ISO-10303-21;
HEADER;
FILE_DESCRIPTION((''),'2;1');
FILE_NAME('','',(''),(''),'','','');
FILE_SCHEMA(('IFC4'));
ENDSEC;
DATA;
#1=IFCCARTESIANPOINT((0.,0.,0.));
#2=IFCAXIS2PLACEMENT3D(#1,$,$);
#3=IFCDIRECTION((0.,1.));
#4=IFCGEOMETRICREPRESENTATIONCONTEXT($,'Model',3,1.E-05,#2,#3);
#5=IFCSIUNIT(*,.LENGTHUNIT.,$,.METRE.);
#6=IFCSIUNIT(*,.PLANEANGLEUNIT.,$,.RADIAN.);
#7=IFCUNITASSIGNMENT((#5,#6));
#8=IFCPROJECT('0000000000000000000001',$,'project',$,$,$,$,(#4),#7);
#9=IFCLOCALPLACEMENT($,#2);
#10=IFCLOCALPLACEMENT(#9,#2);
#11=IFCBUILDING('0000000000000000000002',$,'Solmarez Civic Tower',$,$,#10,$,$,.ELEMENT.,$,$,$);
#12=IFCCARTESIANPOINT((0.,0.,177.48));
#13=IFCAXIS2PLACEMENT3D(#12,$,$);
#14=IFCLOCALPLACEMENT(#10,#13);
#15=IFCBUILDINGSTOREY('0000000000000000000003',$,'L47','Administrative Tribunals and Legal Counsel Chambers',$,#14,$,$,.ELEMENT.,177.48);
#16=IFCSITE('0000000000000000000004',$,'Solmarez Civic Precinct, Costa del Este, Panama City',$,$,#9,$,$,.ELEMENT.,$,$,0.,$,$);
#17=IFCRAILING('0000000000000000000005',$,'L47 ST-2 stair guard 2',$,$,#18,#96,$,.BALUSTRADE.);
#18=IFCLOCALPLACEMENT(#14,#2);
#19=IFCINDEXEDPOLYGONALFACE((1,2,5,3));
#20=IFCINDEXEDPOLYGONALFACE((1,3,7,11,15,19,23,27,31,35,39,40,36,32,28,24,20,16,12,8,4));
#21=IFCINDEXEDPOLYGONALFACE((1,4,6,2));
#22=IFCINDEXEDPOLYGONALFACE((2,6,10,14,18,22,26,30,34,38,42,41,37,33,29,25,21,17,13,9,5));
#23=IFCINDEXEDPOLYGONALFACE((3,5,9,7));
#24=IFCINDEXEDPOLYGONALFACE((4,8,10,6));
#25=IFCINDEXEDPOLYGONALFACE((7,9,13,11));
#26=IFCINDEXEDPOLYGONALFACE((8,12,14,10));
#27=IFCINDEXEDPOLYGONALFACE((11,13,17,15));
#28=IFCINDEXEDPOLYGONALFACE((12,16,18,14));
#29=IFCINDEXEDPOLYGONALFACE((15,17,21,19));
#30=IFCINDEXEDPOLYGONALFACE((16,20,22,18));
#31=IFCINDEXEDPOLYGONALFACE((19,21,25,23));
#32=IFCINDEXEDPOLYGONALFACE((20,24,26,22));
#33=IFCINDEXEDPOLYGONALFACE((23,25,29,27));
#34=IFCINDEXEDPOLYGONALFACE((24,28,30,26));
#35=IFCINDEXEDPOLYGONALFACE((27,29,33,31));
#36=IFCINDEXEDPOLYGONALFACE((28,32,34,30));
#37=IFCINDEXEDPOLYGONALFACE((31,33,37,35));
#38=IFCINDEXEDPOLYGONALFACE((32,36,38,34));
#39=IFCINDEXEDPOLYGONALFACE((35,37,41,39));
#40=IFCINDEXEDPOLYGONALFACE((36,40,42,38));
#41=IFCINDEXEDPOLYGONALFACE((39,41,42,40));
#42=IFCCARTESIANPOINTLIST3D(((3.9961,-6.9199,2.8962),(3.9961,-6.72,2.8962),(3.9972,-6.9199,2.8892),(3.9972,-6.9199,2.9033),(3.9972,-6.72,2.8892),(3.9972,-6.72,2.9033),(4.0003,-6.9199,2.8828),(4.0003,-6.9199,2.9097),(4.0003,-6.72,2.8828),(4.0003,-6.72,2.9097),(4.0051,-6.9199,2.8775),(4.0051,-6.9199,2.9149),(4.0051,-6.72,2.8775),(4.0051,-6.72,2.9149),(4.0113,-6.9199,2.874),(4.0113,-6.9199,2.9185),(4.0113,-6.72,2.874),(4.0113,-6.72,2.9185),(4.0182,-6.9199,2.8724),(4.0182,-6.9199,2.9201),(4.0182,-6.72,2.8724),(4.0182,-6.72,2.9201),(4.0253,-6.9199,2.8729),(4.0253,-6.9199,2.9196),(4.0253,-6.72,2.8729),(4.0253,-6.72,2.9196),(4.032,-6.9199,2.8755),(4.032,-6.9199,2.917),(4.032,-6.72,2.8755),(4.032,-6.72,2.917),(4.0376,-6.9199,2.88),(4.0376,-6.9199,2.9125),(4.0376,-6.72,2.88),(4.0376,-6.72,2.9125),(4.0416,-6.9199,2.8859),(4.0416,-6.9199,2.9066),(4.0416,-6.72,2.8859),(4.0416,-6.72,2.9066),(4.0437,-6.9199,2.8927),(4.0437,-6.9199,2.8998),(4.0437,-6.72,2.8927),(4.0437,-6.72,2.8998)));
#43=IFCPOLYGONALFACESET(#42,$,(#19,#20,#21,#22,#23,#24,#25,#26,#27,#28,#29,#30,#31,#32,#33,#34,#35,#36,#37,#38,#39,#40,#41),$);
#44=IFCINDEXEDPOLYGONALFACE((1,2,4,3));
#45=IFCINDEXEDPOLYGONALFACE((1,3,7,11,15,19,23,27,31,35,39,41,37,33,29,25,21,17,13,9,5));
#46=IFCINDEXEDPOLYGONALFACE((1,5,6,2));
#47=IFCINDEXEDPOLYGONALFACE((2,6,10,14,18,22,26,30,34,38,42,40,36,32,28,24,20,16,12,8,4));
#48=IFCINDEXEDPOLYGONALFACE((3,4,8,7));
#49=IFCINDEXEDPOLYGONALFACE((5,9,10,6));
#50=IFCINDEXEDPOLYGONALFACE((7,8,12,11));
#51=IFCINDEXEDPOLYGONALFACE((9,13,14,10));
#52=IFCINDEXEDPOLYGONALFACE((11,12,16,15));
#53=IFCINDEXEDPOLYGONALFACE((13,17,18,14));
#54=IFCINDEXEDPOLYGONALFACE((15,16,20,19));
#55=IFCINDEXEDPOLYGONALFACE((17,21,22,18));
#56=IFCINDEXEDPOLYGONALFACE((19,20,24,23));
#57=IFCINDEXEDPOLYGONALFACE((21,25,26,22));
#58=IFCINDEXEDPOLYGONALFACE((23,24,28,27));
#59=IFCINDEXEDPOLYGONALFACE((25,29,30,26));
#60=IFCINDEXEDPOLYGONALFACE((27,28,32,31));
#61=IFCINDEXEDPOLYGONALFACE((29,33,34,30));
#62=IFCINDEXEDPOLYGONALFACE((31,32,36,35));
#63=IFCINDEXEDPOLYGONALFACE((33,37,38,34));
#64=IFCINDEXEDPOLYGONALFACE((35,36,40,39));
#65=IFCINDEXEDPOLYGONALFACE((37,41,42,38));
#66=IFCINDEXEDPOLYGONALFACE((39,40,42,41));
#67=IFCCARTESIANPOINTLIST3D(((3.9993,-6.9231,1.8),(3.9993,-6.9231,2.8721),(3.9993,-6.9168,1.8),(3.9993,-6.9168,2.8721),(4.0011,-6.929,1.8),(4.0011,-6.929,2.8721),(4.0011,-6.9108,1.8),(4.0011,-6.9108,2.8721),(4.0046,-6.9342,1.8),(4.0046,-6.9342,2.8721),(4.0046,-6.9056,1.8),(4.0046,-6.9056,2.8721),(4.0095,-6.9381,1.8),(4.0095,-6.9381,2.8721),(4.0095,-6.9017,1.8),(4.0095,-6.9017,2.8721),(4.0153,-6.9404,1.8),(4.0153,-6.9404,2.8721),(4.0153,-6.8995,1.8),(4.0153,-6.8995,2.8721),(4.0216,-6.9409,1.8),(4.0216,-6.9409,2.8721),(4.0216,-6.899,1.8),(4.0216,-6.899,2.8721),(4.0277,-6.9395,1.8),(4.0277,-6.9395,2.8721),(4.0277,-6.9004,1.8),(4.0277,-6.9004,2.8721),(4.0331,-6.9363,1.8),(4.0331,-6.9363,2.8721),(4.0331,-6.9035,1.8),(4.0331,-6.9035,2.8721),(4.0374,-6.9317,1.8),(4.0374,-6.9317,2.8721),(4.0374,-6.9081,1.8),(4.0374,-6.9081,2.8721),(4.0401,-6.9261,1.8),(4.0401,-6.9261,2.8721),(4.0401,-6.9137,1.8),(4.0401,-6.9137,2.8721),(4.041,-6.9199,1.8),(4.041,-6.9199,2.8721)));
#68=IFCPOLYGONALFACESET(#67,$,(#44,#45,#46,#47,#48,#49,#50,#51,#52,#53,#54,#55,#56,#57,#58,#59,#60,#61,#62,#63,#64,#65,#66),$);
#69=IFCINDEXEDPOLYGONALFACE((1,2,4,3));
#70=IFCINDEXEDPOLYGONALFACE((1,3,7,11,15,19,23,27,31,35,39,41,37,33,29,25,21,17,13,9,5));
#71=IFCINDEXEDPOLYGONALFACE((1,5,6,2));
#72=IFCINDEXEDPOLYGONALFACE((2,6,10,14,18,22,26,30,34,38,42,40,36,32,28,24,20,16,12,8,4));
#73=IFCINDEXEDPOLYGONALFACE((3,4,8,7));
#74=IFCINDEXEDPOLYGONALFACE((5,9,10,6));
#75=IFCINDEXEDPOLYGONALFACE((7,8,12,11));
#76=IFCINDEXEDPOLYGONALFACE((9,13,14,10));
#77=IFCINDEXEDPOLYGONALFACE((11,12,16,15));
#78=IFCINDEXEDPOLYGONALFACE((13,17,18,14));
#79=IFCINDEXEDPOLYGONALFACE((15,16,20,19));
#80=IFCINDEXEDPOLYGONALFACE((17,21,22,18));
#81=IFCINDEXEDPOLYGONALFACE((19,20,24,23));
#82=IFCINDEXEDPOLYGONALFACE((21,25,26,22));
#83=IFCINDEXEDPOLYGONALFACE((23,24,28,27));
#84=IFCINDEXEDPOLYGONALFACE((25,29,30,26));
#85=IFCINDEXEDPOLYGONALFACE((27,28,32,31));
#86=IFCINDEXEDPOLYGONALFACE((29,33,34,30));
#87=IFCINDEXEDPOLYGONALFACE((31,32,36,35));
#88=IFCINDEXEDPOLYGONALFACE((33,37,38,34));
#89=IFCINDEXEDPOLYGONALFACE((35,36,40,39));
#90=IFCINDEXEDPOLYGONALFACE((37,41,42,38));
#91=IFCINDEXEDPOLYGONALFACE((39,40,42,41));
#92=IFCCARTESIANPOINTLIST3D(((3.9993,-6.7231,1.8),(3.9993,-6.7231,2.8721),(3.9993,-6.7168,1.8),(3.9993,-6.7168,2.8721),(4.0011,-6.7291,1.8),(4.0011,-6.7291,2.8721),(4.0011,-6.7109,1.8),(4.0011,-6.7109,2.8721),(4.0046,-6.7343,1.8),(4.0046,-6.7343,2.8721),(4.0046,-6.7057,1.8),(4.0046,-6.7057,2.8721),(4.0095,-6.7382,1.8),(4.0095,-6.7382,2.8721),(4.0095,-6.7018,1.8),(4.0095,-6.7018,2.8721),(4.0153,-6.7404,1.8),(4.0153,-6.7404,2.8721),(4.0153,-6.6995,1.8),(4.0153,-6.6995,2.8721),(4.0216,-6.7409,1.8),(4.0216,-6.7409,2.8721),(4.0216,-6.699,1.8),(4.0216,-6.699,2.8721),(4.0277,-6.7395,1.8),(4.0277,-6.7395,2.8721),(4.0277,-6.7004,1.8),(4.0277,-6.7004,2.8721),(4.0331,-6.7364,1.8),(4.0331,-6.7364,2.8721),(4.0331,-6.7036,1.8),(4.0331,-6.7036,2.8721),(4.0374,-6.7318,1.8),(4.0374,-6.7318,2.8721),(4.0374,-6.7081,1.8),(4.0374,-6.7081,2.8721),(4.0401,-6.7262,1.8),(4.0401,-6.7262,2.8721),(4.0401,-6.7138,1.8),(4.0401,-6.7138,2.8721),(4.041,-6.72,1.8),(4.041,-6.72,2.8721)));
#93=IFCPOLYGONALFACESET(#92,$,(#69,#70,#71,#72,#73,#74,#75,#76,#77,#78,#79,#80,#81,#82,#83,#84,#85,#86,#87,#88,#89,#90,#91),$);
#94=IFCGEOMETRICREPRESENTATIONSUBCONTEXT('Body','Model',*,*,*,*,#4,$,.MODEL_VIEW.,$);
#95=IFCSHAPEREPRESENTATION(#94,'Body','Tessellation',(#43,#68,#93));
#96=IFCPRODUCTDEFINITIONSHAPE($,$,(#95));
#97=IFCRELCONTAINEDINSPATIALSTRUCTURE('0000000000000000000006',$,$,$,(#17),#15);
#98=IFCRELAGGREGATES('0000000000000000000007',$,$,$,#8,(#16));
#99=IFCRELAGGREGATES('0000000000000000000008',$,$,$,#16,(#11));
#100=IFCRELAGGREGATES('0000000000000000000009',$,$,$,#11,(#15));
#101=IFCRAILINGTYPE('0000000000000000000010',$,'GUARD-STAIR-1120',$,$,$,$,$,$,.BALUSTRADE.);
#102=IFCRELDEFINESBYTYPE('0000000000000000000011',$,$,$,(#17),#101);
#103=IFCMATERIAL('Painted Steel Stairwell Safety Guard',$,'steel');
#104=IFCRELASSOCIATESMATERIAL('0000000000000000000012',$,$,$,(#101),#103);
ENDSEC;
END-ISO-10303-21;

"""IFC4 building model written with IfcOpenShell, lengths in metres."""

from ifc_helpers import new_model, si_unit, direction, frame, origin, origin_2d, place, context, subcontext, project, spatial, circle, extrude, material, type_object, element, save


model = new_model("IFC4")

# Units and contexts
model_context = context("Model", 3, precision=1e-05, world=origin(), true_north=direction((0.0, 1.0)))
body_context = subcontext(model_context, "Body", "Model", "MODEL_VIEW")
ifc_project = project(units=[si_unit("LENGTHUNIT", "METRE"), si_unit("PLANEANGLEUNIT", "RADIAN")], contexts=[model_context])

# Site, building, storey
site_placement = place(None, origin())
site = spatial("IfcSite", under=ifc_project, at=site_placement, Name="Solmarez Civic Precinct, Costa del Este, Panama City", CompositionType="ELEMENT", RefElevation=0.0)
building_placement = place(site_placement, origin())
building = spatial("IfcBuilding", under=site, at=building_placement, Name="Solmarez Civic Tower", CompositionType="ELEMENT")
storey_placement = place(building_placement, frame((0.0, 0.0, 177.48)))
storey = spatial("IfcBuildingStorey", under=building, at=storey_placement, Name="L47", Description="Administrative Tribunals and Legal Counsel Chambers", CompositionType="ELEMENT", Elevation=177.48)

# Railing
ifc_material_1 = material(Name="Painted Steel Stairwell Safety Guard", Category="steel")
railing_type_1 = type_object("IfcRailingType", Name="GUARD-STAIR-1120", PredefinedType="BALUSTRADE", material=ifc_material_1)
railing_1_placement = place(storey_placement, frame((4.02, -6.9199, 1.8)))
element("IfcRailing", 1, at=railing_1_placement, inside=storey, type_object=railing_type_1, Name="L47 ST-2 stair guard 2", PredefinedType="BALUSTRADE", context=body_context, shape_type="SweptSolid", body=[
    extrude(circle(Radius=0.0239, at=origin_2d()), frame((0.0, 0.0, 1.0962), z_axis=(0.0, 1.0, 0.0), x_axis=(-1.0, 0.0, 0.0)), (0.0, 0.0, 1.0), 0.2),
    extrude(circle(Radius=0.021, at=origin_2d()), origin(), (0.0, 0.0, 1.0), 1.072),
    extrude(circle(Radius=0.021, at=origin_2d()), frame((0.0, 0.2, 0.0)), (0.0, 0.0, 1.0), 1.072),
])

save(model, "model.ifc")
